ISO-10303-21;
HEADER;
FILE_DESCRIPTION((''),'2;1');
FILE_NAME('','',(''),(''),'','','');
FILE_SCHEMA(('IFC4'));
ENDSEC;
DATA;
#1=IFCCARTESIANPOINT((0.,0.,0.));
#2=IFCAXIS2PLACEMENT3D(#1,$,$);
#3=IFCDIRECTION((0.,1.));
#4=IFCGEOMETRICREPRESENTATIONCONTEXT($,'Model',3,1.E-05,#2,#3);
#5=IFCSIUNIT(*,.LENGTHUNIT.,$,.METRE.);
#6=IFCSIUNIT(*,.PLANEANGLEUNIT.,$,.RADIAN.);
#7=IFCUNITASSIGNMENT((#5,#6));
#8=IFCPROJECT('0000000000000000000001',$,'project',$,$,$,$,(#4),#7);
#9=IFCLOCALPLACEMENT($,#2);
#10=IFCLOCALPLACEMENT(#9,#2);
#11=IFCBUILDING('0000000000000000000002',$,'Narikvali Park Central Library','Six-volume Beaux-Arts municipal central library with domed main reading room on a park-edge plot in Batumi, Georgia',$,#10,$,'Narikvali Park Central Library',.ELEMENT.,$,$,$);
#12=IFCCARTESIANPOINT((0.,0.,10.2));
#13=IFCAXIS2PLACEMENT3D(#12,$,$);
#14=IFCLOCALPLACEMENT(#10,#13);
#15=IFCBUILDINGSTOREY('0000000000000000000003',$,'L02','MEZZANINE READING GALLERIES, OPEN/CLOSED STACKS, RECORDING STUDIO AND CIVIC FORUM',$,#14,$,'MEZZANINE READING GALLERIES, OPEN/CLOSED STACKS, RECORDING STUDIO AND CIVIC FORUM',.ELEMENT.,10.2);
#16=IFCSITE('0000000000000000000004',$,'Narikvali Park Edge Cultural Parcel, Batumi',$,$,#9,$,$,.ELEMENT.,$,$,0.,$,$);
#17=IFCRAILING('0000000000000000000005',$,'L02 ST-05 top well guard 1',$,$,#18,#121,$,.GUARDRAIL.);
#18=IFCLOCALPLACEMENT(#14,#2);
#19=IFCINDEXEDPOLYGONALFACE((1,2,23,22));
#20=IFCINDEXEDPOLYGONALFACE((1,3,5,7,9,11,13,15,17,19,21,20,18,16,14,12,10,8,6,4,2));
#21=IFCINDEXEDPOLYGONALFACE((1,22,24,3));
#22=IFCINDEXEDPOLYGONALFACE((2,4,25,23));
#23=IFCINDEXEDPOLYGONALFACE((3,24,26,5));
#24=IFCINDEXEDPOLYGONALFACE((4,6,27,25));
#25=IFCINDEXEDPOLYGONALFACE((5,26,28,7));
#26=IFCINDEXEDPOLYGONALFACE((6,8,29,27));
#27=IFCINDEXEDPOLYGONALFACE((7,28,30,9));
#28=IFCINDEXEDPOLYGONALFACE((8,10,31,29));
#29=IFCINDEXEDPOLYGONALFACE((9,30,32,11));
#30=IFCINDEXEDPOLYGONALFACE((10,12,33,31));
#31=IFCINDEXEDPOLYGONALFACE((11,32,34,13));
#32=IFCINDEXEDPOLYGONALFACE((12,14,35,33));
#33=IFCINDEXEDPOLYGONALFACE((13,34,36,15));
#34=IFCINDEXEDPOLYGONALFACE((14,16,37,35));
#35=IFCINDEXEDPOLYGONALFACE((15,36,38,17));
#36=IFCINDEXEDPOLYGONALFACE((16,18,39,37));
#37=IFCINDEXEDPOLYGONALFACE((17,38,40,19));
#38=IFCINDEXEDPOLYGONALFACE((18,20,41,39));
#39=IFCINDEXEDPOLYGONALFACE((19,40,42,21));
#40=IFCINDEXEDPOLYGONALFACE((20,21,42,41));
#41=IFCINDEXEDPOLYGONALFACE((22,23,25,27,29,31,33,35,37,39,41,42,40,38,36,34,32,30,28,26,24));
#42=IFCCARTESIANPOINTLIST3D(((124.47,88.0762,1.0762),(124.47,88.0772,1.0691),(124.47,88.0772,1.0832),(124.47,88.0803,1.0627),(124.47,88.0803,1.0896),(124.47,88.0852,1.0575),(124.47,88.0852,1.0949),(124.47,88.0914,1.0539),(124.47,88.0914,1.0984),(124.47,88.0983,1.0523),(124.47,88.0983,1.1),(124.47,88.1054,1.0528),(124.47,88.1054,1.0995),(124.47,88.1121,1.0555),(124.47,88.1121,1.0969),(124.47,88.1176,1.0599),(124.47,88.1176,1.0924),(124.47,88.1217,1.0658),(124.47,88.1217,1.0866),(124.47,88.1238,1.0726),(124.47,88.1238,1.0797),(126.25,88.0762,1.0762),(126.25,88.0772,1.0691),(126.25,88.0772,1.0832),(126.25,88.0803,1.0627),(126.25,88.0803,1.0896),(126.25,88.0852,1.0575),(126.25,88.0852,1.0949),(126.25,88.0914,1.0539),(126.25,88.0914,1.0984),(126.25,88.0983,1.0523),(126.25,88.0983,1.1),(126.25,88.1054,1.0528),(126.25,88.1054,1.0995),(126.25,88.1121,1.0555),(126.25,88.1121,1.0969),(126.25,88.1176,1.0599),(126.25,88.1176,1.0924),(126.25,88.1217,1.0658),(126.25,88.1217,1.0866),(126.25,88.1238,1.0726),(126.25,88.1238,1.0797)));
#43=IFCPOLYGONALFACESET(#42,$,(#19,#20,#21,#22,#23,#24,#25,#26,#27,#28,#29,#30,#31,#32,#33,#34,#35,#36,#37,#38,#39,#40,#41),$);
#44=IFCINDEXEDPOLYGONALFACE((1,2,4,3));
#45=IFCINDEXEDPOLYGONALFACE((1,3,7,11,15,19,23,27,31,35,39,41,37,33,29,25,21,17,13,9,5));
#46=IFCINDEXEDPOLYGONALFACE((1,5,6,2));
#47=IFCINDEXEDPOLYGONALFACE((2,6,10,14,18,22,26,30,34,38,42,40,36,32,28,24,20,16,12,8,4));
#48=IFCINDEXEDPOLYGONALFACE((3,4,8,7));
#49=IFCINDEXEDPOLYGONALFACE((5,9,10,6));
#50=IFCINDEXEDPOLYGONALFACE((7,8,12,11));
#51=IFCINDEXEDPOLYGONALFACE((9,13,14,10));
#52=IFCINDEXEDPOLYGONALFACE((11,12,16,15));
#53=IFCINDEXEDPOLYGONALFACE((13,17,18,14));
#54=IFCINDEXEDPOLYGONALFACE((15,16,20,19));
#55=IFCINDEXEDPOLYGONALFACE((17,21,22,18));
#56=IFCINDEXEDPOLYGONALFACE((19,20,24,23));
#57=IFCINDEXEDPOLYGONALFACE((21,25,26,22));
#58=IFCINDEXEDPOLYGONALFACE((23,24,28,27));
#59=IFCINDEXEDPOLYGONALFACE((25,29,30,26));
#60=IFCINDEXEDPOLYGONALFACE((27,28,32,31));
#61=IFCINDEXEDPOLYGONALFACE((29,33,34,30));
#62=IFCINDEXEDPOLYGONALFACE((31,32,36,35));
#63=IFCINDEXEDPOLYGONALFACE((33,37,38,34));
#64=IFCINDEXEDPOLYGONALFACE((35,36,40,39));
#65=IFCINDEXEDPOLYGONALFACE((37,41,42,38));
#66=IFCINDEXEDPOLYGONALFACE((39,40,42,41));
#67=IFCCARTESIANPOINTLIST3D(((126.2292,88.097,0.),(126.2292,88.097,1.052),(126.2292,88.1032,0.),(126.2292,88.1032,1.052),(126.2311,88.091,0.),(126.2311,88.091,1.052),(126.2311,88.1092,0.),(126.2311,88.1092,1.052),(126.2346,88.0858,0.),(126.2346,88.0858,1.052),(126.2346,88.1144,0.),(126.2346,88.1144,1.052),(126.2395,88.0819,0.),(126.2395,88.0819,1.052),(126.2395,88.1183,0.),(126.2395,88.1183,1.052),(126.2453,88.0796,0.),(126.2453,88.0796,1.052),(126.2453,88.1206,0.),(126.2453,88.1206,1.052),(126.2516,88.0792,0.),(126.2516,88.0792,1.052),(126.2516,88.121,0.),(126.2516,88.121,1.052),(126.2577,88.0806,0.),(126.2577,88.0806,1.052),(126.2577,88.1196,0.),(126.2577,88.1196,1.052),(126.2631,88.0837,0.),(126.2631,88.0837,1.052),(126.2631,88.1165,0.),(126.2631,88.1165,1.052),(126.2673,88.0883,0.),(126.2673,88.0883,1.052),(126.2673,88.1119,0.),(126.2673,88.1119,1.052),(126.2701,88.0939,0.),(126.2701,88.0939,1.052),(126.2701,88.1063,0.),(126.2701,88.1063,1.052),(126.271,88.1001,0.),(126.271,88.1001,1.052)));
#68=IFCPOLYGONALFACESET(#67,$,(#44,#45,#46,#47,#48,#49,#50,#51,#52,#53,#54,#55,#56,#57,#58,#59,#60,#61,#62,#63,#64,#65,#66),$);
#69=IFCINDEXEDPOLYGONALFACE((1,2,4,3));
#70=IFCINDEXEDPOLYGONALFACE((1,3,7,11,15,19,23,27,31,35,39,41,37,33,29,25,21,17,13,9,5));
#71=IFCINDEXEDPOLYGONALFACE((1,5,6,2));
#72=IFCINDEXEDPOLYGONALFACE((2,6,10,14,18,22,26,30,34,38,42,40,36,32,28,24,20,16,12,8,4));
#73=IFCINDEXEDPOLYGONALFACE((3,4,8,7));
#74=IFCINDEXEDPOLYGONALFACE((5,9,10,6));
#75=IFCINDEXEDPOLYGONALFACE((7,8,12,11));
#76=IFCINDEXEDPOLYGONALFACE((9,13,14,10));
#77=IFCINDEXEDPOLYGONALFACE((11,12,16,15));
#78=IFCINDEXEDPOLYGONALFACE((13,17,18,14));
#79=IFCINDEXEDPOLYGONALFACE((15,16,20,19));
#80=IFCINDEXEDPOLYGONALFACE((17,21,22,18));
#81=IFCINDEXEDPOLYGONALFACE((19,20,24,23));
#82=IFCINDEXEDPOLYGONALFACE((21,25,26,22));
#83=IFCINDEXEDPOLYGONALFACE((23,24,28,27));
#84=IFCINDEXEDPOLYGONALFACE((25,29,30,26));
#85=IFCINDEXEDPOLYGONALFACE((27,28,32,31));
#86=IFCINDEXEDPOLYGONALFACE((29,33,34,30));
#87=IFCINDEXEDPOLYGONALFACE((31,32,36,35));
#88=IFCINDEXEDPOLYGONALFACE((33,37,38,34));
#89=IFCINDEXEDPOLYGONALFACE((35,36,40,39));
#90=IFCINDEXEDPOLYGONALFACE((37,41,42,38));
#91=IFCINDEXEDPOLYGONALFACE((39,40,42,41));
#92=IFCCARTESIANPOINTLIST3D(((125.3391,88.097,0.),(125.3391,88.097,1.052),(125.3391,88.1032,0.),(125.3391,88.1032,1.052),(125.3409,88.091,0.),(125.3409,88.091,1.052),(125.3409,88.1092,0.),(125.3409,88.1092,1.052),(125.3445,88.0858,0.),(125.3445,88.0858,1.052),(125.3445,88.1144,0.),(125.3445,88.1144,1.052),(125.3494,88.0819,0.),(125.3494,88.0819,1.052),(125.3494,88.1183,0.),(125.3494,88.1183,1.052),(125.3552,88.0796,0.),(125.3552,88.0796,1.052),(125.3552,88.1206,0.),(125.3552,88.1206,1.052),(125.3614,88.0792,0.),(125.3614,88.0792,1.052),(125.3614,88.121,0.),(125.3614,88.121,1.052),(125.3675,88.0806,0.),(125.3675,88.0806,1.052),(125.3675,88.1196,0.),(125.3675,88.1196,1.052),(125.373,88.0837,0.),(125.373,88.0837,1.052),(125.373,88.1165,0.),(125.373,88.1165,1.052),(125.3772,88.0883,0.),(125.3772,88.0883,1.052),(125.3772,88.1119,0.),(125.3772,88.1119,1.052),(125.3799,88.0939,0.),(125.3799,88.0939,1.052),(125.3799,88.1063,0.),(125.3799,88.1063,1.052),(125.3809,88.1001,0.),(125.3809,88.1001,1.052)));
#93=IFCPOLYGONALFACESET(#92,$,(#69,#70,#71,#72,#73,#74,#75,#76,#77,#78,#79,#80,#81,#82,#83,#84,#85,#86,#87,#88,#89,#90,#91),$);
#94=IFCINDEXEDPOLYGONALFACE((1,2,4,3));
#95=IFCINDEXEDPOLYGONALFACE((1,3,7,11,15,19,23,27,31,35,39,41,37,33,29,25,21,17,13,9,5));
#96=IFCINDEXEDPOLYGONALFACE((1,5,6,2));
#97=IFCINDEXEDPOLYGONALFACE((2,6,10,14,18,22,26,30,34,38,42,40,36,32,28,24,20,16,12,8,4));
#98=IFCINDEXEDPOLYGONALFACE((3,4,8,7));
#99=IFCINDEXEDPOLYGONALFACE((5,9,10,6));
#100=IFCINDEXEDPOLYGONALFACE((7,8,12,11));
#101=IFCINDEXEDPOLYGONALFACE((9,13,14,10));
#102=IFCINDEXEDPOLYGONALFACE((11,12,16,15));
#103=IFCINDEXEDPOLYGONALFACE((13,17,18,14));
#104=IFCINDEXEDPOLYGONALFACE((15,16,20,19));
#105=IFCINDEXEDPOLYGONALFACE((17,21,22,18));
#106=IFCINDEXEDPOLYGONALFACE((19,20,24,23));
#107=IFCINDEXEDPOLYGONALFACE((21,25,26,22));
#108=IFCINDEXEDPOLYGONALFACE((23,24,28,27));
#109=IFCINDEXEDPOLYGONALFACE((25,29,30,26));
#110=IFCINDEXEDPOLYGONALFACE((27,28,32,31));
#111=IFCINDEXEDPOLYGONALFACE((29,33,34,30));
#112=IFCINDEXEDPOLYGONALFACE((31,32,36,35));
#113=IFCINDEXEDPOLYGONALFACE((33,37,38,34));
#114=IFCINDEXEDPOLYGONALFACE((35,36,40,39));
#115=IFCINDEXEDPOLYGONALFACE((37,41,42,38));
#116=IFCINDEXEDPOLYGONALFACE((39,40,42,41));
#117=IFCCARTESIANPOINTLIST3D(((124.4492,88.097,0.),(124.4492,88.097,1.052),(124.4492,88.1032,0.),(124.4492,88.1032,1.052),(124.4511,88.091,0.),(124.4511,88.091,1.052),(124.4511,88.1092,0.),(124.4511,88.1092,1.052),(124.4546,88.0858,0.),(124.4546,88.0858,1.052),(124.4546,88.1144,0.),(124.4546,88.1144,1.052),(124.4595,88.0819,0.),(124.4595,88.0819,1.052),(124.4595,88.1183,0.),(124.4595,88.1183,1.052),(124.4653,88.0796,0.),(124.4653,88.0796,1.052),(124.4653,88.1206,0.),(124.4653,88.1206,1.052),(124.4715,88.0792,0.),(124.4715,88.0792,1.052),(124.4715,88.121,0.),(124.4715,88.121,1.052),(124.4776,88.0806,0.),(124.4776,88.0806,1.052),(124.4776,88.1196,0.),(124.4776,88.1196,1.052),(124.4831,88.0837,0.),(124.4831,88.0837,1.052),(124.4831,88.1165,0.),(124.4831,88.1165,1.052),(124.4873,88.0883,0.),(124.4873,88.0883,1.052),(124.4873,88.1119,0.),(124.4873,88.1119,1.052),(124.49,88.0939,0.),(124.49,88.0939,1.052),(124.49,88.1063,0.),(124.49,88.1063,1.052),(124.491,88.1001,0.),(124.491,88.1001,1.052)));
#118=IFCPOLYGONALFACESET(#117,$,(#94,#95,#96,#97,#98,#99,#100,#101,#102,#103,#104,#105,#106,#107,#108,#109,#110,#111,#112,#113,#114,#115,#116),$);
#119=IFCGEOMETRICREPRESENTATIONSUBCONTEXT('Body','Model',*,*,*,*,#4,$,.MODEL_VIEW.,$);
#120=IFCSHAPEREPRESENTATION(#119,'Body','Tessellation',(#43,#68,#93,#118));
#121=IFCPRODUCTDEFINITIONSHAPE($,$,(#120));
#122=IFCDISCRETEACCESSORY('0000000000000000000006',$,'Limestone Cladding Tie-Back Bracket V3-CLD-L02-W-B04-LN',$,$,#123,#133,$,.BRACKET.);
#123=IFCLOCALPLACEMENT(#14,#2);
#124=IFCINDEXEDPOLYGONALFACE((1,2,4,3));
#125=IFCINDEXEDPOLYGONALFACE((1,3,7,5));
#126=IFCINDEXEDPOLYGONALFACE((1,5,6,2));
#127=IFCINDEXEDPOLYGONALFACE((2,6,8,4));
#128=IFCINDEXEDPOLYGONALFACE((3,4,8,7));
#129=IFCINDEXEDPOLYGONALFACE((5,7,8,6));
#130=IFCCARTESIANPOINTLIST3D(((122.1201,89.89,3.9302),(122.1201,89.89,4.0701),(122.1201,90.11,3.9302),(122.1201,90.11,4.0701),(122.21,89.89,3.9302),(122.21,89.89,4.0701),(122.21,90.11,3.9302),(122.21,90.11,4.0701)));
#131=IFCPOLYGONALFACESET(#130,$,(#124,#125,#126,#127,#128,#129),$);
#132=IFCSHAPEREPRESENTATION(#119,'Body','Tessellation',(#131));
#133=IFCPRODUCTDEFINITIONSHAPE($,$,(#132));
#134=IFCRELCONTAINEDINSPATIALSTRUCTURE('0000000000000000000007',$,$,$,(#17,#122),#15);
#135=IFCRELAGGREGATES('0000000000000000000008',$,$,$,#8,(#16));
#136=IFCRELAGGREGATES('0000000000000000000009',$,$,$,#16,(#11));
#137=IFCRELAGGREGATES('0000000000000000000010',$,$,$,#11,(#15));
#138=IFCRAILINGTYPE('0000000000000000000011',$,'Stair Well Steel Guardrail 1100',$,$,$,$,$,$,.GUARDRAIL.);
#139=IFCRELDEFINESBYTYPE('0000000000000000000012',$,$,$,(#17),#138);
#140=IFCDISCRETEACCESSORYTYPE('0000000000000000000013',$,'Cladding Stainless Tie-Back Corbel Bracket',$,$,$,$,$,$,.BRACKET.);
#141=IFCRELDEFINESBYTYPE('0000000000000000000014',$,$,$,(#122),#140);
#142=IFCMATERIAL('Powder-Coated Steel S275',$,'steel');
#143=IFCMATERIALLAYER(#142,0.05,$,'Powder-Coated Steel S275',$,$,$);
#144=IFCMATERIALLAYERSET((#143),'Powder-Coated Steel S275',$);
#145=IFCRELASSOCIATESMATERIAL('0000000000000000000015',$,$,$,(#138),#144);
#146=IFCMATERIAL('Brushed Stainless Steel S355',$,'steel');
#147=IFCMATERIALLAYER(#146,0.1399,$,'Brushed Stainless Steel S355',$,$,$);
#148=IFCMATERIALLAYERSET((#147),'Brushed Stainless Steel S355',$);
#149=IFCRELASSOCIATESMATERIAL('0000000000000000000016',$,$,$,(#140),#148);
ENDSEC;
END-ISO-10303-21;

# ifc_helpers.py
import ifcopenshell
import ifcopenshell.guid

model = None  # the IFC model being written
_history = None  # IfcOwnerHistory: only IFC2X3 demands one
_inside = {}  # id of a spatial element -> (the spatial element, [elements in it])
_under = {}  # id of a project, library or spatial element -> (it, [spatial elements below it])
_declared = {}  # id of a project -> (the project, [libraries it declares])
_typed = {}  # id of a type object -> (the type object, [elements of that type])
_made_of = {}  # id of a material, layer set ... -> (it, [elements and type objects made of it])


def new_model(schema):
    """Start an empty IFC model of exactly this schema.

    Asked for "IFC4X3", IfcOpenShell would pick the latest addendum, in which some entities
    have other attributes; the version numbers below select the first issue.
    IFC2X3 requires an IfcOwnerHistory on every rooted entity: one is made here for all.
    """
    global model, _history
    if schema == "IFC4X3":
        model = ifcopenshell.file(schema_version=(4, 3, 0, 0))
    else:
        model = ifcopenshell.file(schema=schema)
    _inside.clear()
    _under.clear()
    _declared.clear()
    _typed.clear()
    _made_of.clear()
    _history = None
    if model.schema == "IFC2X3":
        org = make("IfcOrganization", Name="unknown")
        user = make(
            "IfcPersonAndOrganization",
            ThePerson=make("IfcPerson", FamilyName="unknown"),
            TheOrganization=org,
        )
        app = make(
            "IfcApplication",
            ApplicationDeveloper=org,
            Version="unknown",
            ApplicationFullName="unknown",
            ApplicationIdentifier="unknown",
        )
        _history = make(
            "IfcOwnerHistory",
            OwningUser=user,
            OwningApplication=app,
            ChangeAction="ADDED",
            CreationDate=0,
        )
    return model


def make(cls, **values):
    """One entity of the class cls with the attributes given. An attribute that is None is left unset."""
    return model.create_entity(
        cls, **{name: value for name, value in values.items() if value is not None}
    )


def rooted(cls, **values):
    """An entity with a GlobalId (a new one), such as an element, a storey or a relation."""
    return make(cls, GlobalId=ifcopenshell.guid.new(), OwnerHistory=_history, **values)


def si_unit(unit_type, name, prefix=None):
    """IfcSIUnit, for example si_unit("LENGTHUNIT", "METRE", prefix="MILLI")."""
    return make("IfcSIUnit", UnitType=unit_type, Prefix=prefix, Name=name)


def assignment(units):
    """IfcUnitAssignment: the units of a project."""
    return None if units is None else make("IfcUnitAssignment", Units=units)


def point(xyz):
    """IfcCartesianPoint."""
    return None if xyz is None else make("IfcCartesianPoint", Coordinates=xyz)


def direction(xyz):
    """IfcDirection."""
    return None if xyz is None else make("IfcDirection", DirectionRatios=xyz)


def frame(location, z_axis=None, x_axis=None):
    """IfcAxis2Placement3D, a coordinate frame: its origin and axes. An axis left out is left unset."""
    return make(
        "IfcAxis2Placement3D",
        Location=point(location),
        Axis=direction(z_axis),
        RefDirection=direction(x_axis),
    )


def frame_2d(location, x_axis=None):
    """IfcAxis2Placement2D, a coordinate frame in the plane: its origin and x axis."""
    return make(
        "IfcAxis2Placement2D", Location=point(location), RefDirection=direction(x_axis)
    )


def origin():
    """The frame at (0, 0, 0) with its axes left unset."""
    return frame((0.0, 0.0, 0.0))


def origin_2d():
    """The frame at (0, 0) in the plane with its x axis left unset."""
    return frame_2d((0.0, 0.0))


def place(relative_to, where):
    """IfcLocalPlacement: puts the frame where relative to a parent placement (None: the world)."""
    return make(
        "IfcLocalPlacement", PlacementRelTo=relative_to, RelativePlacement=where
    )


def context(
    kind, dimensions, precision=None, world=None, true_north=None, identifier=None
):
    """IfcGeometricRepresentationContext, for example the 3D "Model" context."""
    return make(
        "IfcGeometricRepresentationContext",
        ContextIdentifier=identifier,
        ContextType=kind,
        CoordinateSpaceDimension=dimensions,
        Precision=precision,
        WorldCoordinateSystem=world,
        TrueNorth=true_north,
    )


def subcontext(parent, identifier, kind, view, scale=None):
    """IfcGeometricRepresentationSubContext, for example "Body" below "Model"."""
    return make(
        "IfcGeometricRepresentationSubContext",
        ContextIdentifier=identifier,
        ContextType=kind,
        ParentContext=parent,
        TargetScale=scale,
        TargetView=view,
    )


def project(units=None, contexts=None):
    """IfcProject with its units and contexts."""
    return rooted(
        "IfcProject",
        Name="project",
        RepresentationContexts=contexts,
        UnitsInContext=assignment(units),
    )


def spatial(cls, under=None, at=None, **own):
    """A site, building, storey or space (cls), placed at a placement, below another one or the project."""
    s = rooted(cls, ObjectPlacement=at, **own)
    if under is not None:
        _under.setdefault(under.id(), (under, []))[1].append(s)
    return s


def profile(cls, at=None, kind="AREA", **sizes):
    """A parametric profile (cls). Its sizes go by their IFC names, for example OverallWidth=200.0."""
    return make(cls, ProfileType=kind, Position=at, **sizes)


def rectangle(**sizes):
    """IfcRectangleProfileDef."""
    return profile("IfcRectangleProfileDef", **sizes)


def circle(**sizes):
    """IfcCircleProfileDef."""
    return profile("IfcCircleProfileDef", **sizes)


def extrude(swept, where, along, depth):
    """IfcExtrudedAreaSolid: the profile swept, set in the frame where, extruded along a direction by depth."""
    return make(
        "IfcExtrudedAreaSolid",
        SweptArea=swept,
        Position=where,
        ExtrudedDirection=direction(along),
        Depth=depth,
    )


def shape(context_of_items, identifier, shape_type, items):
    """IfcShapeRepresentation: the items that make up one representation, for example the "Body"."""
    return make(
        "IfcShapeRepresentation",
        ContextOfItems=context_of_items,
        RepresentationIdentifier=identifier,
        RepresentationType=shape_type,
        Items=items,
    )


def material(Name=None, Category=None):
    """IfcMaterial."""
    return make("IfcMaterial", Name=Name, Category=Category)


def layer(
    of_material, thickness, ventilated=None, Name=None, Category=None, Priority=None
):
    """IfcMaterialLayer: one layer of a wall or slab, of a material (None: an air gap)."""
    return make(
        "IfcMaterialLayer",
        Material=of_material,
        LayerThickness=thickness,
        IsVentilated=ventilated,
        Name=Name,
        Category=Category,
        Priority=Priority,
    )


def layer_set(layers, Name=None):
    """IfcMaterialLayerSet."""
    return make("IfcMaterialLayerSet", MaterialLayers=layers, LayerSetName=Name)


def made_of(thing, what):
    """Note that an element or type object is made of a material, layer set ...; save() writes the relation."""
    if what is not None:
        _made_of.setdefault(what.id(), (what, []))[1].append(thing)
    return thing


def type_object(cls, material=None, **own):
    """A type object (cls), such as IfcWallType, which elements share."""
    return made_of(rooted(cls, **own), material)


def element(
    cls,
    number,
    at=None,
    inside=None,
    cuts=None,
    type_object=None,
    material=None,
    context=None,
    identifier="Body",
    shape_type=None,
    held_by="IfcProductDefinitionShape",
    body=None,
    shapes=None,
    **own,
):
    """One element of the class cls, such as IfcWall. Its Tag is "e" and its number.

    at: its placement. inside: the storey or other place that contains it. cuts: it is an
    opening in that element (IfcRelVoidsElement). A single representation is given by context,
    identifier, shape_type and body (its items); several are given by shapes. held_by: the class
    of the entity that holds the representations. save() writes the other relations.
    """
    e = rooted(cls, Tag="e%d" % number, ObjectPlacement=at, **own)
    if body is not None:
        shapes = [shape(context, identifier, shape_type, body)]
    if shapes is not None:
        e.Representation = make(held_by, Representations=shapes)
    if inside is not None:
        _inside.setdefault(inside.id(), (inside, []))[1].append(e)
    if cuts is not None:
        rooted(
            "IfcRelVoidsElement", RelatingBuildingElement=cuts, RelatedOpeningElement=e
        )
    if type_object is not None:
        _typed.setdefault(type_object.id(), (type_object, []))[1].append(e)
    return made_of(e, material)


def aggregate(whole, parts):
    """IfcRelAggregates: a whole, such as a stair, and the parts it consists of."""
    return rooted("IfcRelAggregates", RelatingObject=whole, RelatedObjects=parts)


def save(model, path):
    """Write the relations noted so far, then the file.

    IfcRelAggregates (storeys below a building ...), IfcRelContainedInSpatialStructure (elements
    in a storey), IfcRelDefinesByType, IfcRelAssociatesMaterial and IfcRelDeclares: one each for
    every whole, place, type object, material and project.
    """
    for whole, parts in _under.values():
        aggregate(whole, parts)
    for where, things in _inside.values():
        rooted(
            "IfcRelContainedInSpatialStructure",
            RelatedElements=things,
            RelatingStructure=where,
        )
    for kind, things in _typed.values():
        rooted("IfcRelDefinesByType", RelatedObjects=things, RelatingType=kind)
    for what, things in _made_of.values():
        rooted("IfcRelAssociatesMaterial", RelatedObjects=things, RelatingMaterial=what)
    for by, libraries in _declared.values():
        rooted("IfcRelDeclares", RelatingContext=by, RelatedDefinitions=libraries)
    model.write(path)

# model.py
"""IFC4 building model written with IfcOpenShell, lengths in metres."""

from ifc_helpers import new_model, si_unit, direction, frame, origin, origin_2d, place, context, subcontext, project, spatial, rectangle, circle, extrude, material, layer, layer_set, type_object, element, save


model = new_model("IFC4")

# Units and contexts
model_context = context("Model", 3, precision=1e-05, world=origin(), true_north=direction((0.0, 1.0)))
body_context = subcontext(model_context, "Body", "Model", "MODEL_VIEW")
ifc_project = project(units=[si_unit("LENGTHUNIT", "METRE"), si_unit("PLANEANGLEUNIT", "RADIAN")], contexts=[model_context])

# Site, building, storey
site_placement = place(None, origin())
site = spatial("IfcSite", under=ifc_project, at=site_placement, Name="Narikvali Park Edge Cultural Parcel, Batumi", CompositionType="ELEMENT", RefElevation=0.0)
building_placement = place(site_placement, origin())
building = spatial("IfcBuilding", under=site, at=building_placement, Name="Narikvali Park Central Library", Description="Six-volume Beaux-Arts municipal central library with domed main reading room on a park-edge plot in Batumi, Georgia", LongName="Narikvali Park Central Library", CompositionType="ELEMENT")
storey_placement = place(building_placement, frame((0.0, 0.0, 10.2)))
storey = spatial("IfcBuildingStorey", under=building, at=storey_placement, Name="L02", Description="MEZZANINE READING GALLERIES, OPEN/CLOSED STACKS, RECORDING STUDIO AND CIVIC FORUM", LongName="MEZZANINE READING GALLERIES, OPEN/CLOSED STACKS, RECORDING STUDIO AND CIVIC FORUM", CompositionType="ELEMENT", Elevation=10.2)

# Shared definitions
ifc_material_1 = material(Name="Brushed Stainless Steel S355", Category="steel")

# Railing
ifc_material_2 = material(Name="Powder-Coated Steel S275", Category="steel")
ifc_layer_1 = layer(ifc_material_2, 0.05, Name="Powder-Coated Steel S275")
ifc_layer_set_1 = layer_set([ifc_layer_1], Name="Powder-Coated Steel S275")
railing_type = type_object("IfcRailingType", Name="Stair Well Steel Guardrail 1100", PredefinedType="GUARDRAIL", material=ifc_layer_set_1)
railing_placement = place(storey_placement, frame((126.25, 88.1001, 0.0)))
element("IfcRailing", 1, at=railing_placement, inside=storey, type_object=railing_type, Name="L02 ST-05 top well guard 1", PredefinedType="GUARDRAIL", context=body_context, shape_type="SweptSolid", body=[
    extrude(circle(Radius=0.0239, at=origin_2d()), frame((0.0, 0.0, 1.0762), z_axis=(-1.0, 0.0, 0.0), x_axis=(0.0, -1.0, 0.0)), (0.0, 0.0, 1.0), 1.78),
    extrude(circle(Radius=0.021, at=origin_2d()), origin(), (0.0, 0.0, 1.0), 1.052),
    extrude(circle(Radius=0.021, at=origin_2d()), frame((-0.8901, 0.0, 0.0)), (0.0, 0.0, 1.0), 1.052),
    extrude(circle(Radius=0.021, at=origin_2d()), frame((-1.78, 0.0, 0.0)), (0.0, 0.0, 1.0), 1.052),
])

# Discrete accessory
ifc_layer_2 = layer(ifc_material_1, 0.1399, Name="Brushed Stainless Steel S355")
ifc_layer_set_2 = layer_set([ifc_layer_2], Name="Brushed Stainless Steel S355")
discrete_accessory_type = type_object("IfcDiscreteAccessoryType", Name="Cladding Stainless Tie-Back Corbel Bracket", PredefinedType="BRACKET", material=ifc_layer_set_2)
discrete_accessory_placement = place(storey_placement, frame((122.165, 90.0, 3.9302), z_axis=(0.0, 0.0, 1.0), x_axis=(1.0, 0.0, 0.0)))
element("IfcDiscreteAccessory", 2, at=discrete_accessory_placement, inside=storey, type_object=discrete_accessory_type, Name="Limestone Cladding Tie-Back Bracket V3-CLD-L02-W-B04-LN", PredefinedType="BRACKET", context=body_context, shape_type="SweptSolid", body=[
    extrude(rectangle(XDim=0.0898, YDim=0.22, at=origin_2d()), origin(), (0.0, 0.0, 1.0), 0.1399),
])

save(model, "model.ifc")
